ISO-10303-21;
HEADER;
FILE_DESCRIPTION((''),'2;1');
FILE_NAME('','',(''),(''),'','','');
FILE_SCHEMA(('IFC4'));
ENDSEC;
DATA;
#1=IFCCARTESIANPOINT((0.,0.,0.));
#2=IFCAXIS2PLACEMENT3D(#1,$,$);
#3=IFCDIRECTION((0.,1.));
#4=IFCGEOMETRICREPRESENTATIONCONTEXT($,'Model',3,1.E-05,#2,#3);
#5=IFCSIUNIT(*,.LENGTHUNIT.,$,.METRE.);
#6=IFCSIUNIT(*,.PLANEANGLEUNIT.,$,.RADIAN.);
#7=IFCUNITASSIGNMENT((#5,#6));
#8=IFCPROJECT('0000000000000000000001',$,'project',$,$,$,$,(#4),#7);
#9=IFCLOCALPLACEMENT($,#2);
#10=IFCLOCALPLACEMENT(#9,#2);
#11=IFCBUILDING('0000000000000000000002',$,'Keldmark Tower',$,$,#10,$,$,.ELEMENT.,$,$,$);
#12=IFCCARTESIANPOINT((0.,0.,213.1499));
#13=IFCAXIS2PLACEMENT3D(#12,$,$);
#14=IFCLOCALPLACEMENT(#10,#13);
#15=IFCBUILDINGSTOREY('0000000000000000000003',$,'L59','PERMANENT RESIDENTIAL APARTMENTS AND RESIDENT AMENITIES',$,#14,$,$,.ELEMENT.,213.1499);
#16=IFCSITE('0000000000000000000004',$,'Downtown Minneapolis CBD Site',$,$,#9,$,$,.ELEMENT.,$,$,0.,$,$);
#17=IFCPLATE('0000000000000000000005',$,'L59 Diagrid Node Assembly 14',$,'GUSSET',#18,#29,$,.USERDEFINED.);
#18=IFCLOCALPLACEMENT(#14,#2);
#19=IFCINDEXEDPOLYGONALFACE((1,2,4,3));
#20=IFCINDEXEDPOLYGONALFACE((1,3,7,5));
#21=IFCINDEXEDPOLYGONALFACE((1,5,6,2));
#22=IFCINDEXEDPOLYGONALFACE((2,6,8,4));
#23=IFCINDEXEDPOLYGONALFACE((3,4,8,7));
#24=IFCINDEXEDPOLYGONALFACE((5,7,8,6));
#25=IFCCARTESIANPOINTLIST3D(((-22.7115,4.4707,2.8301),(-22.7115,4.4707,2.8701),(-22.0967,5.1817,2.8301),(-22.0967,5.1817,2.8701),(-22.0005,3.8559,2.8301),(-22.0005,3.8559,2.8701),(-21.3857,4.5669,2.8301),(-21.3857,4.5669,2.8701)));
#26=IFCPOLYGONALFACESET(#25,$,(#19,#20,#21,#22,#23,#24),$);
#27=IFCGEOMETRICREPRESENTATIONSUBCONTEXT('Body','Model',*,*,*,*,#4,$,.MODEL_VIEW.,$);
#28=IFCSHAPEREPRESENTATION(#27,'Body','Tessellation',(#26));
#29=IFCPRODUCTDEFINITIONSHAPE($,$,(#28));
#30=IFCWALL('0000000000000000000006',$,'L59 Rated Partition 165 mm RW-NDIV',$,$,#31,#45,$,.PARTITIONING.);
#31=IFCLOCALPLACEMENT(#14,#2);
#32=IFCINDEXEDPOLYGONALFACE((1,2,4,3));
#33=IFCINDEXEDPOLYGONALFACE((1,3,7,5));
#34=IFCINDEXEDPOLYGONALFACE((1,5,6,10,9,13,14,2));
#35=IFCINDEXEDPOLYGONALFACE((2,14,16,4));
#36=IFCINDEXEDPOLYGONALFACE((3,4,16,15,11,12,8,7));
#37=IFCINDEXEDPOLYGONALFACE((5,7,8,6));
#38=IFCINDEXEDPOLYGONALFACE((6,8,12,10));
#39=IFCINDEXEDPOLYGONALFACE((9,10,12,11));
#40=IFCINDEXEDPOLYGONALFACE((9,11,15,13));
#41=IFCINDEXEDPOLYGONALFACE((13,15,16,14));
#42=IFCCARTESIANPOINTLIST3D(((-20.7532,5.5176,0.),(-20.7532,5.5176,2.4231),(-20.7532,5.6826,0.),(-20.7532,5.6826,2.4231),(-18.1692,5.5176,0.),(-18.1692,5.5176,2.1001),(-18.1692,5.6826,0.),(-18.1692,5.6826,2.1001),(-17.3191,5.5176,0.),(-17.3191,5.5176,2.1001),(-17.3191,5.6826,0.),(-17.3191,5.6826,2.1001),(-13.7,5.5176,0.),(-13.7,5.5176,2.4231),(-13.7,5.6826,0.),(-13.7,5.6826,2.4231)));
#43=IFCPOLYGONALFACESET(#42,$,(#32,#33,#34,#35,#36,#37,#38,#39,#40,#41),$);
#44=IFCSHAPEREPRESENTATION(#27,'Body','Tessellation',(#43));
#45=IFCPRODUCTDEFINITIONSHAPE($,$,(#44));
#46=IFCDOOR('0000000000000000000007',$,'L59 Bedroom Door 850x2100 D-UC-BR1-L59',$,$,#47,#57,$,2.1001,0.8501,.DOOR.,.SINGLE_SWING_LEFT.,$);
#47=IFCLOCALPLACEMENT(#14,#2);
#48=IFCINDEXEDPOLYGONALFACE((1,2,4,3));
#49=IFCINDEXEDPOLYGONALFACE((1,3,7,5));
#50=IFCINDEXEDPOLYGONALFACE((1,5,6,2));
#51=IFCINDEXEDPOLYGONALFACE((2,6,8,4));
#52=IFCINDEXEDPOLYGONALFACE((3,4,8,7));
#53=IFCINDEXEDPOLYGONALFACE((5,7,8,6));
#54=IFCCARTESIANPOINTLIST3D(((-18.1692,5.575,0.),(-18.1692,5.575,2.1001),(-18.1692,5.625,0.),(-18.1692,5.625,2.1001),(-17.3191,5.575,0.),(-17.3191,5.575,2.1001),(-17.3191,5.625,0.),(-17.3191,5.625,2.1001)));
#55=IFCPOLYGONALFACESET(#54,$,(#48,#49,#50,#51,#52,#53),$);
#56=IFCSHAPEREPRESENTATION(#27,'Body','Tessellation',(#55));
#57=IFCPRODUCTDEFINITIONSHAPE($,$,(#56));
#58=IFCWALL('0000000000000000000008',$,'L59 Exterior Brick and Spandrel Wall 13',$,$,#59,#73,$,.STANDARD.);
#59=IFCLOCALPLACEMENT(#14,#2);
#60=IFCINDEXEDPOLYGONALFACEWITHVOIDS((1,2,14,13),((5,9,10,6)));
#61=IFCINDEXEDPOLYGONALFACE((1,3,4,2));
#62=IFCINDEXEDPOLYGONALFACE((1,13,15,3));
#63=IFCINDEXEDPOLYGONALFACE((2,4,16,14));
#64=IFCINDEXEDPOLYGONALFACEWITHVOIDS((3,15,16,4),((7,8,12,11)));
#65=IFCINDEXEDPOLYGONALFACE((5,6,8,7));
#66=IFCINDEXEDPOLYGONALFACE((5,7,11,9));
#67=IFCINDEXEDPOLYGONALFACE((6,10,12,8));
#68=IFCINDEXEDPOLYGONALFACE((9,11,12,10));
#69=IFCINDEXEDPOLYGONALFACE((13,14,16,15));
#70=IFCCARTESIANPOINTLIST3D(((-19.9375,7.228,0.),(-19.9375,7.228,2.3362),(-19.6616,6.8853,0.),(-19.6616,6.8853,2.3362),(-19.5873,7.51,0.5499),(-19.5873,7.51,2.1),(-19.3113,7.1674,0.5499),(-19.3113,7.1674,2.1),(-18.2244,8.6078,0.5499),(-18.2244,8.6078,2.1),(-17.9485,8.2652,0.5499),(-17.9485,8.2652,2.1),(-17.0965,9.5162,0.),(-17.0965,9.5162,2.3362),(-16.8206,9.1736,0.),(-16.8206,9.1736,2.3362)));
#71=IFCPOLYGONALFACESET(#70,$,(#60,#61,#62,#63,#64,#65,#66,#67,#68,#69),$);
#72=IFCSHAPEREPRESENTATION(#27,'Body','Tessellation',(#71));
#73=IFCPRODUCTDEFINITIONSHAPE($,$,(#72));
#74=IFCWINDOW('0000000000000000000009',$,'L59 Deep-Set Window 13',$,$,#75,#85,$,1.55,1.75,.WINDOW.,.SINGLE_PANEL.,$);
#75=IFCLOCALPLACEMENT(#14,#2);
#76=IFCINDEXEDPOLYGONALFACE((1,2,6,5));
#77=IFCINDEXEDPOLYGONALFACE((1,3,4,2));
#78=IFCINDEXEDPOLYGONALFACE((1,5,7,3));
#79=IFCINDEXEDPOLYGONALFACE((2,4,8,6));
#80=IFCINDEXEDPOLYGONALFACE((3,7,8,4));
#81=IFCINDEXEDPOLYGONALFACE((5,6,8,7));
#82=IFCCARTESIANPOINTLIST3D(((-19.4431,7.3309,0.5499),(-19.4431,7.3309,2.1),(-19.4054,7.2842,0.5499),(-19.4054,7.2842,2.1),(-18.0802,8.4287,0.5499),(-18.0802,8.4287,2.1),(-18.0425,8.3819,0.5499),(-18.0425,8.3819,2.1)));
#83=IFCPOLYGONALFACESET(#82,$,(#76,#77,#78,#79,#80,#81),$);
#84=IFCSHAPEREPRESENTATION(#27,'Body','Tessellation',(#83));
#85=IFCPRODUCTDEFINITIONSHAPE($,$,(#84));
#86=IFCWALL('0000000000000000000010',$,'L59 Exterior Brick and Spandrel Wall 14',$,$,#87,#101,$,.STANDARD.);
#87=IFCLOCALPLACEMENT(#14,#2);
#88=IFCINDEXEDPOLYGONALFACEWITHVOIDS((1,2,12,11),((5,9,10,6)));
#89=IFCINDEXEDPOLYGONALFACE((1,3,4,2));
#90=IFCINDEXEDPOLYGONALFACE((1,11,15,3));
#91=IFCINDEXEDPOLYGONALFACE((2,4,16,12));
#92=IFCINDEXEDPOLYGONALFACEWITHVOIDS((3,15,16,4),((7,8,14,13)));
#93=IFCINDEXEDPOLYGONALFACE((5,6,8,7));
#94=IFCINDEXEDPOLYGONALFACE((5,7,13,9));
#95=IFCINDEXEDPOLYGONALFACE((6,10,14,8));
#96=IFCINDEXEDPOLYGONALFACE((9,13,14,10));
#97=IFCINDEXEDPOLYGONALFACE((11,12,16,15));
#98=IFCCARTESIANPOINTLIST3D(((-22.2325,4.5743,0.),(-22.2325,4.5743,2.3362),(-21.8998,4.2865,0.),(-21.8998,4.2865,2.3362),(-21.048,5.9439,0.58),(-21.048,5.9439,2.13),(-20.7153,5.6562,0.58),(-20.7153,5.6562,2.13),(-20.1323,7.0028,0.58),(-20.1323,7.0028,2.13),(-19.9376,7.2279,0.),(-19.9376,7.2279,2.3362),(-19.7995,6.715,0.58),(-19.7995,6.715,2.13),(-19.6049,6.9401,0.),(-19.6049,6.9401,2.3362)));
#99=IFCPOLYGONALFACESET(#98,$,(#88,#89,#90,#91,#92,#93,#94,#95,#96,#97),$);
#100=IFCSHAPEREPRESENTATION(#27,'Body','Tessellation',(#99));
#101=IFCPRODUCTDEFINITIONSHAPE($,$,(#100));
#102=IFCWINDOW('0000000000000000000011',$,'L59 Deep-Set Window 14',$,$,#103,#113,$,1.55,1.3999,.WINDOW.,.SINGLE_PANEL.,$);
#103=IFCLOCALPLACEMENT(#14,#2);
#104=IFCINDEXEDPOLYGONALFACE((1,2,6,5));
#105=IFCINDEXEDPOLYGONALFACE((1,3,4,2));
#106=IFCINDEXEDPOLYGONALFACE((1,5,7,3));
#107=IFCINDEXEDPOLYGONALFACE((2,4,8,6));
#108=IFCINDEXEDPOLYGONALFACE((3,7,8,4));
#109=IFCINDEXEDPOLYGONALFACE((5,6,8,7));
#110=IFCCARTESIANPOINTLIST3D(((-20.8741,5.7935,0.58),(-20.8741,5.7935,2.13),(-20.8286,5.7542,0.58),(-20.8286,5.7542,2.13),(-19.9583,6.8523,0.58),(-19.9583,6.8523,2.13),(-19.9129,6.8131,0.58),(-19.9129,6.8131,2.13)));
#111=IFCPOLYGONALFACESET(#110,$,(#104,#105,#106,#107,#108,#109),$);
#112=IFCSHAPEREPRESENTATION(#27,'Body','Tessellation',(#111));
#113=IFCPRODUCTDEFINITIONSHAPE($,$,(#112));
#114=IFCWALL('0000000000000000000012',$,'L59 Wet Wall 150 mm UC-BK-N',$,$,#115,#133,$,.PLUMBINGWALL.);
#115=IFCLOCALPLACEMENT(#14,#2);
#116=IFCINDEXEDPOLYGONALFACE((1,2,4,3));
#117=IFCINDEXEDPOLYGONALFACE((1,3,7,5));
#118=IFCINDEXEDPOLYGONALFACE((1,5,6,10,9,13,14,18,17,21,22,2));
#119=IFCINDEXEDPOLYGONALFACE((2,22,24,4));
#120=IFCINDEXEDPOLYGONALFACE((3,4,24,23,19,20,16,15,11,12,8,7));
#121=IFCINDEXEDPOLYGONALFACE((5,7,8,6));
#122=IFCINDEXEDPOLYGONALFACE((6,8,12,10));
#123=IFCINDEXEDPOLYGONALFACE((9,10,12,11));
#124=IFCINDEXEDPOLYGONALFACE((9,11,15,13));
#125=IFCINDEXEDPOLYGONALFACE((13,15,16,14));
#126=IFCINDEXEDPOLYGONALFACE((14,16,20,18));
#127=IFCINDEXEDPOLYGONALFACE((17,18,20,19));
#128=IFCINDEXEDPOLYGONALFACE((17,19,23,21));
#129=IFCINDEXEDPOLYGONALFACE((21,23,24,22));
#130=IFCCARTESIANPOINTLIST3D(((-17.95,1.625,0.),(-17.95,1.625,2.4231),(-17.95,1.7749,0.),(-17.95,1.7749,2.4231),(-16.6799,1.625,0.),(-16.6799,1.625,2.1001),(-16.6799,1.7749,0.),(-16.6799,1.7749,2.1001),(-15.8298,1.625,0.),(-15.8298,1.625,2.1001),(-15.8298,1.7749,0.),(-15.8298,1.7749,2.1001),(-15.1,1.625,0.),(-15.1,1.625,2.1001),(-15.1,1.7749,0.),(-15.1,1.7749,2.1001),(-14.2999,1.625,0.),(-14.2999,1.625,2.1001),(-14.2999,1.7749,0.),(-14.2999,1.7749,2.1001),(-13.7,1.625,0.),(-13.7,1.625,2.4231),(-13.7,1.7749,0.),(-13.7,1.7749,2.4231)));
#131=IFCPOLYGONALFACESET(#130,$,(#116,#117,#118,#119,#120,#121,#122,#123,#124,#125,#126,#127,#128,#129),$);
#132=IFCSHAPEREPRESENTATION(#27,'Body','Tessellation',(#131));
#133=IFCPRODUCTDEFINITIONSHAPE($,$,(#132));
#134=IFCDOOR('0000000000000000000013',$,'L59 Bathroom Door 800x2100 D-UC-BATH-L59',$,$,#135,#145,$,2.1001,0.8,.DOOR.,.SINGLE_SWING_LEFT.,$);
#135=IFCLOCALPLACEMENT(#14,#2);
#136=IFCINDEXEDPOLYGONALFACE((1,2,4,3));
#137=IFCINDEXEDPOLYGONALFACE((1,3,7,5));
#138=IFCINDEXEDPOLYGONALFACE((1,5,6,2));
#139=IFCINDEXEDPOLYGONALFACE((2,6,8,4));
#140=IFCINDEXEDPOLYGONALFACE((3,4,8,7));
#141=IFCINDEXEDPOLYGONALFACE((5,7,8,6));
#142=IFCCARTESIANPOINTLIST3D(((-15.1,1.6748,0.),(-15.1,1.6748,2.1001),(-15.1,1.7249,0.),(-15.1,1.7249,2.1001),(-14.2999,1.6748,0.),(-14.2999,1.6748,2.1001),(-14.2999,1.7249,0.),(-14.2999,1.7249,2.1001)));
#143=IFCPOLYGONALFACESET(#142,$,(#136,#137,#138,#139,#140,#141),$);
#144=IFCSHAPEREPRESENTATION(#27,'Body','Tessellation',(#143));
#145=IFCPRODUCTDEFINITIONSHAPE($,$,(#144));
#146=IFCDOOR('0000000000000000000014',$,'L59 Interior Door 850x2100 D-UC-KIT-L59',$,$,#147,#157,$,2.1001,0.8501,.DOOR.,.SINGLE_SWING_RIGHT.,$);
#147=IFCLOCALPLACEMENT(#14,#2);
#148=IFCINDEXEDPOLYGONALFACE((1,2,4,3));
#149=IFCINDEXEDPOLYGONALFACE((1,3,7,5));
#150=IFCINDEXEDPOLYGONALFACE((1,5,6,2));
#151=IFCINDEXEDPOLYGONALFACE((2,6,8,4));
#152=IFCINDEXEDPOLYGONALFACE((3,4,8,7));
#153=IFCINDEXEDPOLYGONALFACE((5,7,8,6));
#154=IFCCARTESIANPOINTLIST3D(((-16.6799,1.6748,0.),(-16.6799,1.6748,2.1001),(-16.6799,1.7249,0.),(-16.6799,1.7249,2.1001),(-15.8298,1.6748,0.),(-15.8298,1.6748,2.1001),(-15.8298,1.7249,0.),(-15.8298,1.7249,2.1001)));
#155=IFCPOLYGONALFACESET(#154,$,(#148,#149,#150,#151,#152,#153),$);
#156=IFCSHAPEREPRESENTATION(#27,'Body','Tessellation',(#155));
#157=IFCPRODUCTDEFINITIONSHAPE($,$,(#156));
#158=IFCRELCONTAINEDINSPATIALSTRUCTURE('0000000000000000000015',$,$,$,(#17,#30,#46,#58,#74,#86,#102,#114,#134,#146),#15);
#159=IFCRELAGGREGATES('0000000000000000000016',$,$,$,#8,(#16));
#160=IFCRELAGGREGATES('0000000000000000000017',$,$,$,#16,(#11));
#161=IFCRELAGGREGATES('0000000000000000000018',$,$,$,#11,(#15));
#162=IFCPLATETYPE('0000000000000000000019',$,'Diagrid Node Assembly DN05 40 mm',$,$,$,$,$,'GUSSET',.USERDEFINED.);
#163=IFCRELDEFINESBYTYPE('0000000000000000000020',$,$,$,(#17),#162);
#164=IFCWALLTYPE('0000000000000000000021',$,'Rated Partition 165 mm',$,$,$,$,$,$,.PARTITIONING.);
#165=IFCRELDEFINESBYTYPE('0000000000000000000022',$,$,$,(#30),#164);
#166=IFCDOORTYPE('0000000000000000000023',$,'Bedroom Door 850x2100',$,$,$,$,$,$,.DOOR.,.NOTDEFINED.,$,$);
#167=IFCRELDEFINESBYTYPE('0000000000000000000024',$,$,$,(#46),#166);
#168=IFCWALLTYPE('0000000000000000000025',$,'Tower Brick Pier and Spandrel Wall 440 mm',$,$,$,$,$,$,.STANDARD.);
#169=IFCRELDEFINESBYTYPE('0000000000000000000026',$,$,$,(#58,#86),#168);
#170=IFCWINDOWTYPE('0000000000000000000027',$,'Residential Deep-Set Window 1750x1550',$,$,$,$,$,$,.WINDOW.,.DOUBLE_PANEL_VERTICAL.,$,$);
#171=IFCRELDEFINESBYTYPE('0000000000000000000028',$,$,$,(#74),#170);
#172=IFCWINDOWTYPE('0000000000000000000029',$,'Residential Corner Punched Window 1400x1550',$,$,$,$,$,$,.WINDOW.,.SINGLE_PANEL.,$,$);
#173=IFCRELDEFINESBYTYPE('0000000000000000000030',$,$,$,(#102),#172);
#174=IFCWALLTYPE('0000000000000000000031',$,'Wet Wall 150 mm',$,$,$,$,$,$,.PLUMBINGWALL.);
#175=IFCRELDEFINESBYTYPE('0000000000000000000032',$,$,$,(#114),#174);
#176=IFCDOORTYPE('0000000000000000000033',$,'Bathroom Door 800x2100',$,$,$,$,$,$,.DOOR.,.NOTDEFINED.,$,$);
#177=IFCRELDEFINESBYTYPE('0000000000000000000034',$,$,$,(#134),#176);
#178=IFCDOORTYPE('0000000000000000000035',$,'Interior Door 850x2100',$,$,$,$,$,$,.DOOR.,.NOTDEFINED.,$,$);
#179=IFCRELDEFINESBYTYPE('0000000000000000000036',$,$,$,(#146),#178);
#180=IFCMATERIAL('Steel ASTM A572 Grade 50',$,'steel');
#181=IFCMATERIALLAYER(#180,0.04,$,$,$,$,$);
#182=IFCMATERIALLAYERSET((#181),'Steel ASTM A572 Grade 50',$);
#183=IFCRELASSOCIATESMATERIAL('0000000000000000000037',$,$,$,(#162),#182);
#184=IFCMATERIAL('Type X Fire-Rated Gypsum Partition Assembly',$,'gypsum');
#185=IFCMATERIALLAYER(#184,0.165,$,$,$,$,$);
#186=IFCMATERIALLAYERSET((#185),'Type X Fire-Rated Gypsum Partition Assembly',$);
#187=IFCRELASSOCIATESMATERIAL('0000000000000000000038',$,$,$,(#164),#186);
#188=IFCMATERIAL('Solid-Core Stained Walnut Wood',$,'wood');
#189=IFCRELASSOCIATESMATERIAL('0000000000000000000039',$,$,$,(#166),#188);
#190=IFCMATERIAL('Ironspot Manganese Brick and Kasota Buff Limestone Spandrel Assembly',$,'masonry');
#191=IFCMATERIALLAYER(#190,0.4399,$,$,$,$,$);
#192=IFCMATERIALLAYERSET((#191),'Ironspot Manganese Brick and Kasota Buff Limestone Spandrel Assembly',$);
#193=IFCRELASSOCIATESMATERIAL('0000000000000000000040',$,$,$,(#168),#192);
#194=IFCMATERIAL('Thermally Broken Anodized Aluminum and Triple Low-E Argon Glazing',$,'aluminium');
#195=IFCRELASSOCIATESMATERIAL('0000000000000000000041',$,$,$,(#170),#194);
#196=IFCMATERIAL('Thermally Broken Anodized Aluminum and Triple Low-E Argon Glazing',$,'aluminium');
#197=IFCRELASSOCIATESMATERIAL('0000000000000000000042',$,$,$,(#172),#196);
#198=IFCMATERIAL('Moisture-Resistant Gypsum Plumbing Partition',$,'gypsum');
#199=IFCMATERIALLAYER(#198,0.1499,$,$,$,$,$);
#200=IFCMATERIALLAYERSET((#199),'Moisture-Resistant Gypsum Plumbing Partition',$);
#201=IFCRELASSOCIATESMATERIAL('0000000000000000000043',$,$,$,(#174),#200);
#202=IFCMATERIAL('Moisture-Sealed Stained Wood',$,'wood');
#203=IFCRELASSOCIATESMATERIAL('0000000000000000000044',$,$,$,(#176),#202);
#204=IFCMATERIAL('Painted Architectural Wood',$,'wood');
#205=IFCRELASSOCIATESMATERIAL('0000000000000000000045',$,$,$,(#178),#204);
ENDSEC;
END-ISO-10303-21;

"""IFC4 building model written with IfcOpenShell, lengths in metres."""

from ifc_helpers import new_model, si_unit, direction, frame, frame_2d, origin, origin_2d, place, context, subcontext, project, spatial, rectangle, extrude, material, layer, layer_set, type_object, element, fill, save


model = new_model("IFC4")

# Units and contexts
model_context = context("Model", 3, precision=1e-05, world=origin(), true_north=direction((0.0, 1.0)))
body_context = subcontext(model_context, "Body", "Model", "MODEL_VIEW")
ifc_project = project(units=[si_unit("LENGTHUNIT", "METRE"), si_unit("PLANEANGLEUNIT", "RADIAN")], contexts=[model_context])

# Site, building, storey
site_placement = place(None, origin())
site = spatial("IfcSite", under=ifc_project, at=site_placement, Name="Downtown Minneapolis CBD Site", CompositionType="ELEMENT", RefElevation=0.0)
building_placement = place(site_placement, origin())
building = spatial("IfcBuilding", under=site, at=building_placement, Name="Keldmark Tower", CompositionType="ELEMENT")
storey_placement = place(building_placement, frame((0.0, 0.0, 213.1499)))
storey = spatial("IfcBuildingStorey", under=building, at=storey_placement, Name="L59", Description="PERMANENT RESIDENTIAL APARTMENTS AND RESIDENT AMENITIES", CompositionType="ELEMENT", Elevation=213.1499)

# Plate
ifc_material_1 = material(Name="Steel ASTM A572 Grade 50", Category="steel")
ifc_layer_1 = layer(ifc_material_1, 0.04)
ifc_layer_set_1 = layer_set([ifc_layer_1], Name="Steel ASTM A572 Grade 50")
plate_type = type_object("IfcPlateType", Name="Diagrid Node Assembly DN05 40 mm", ElementType="GUSSET", PredefinedType="USERDEFINED", material=ifc_layer_set_1)
plate_placement = place(storey_placement, frame((-22.0486, 4.5188, 2.8301), z_axis=(0.0, 0.0, 1.0), x_axis=(-0.654081, -0.756425, 0.0)))
element("IfcPlate", 1, at=plate_placement, inside=storey, type_object=plate_type, Name="L59 Diagrid Node Assembly 14", ObjectType="GUSSET", PredefinedType="USERDEFINED", context=body_context, shape_type="SweptSolid", body=[
    extrude(rectangle(XDim=0.9399, YDim=0.9399, at=origin_2d()), origin(), (0.0, 0.0, 1.0), 0.04),
])

# Wall, opening, door
ifc_material_2 = material(Name="Type X Fire-Rated Gypsum Partition Assembly", Category="gypsum")
ifc_layer_2 = layer(ifc_material_2, 0.165)
ifc_layer_set_2 = layer_set([ifc_layer_2], Name="Type X Fire-Rated Gypsum Partition Assembly")
wall_type_1 = type_object("IfcWallType", Name="Rated Partition 165 mm", PredefinedType="PARTITIONING", material=ifc_layer_set_2)
wall_1_placement = place(storey_placement, frame((-20.7532, 5.6001, 0.0), z_axis=(0.0, 0.0, 1.0), x_axis=(1.0, 0.0, 0.0)))
wall_1 = element("IfcWall", 2, at=wall_1_placement, inside=storey, type_object=wall_type_1, Name="L59 Rated Partition 165 mm RW-NDIV", PredefinedType="PARTITIONING", context=body_context, shape_type="SweptSolid", body=[
    extrude(rectangle(XDim=7.0532, YDim=0.165, at=frame_2d((3.5266, 0.0))), origin(), (0.0, 0.0, 1.0), 2.4231),
])
opening_1_placement = place(wall_1_placement, frame((2.584, 0.0, 0.0)))
opening_1 = element("IfcOpeningElement", 3, at=opening_1_placement, cuts=wall_1, PredefinedType="OPENING", context=body_context, shape_type="SweptSolid", body=[
    extrude(rectangle(XDim=0.8501, YDim=2.1001, at=frame_2d((0.425, 1.05))), frame((0.0, 0.0925, 0.0), z_axis=(0.0, -1.0, 0.0), x_axis=(1.0, 0.0, 0.0)), (0.0, 0.0, 1.0), 0.1851),
])
ifc_material_3 = material(Name="Solid-Core Stained Walnut Wood", Category="wood")
door_type_1 = type_object("IfcDoorType", Name="Bedroom Door 850x2100", OperationType="NOTDEFINED", PredefinedType="DOOR", material=ifc_material_3)
door_1_placement = place(opening_1_placement, origin())
door_1 = element("IfcDoor", 4, at=door_1_placement, inside=storey, type_object=door_type_1, Name="L59 Bedroom Door 850x2100 D-UC-BR1-L59", OperationType="SINGLE_SWING_LEFT", OverallHeight=2.1001, OverallWidth=0.8501, PredefinedType="DOOR", context=body_context, shape_type="SweptSolid", body=[
    extrude(rectangle(XDim=0.8501, YDim=2.1001, at=frame_2d((0.425, 1.05))), frame((0.0, 0.0249, 0.0), z_axis=(0.0, -1.0, 0.0), x_axis=(1.0, 0.0, 0.0)), (0.0, 0.0, 1.0), 0.05),
])
fill(opening_1, door_1)

# Walls, openings, windows
ifc_material_4 = material(Name="Ironspot Manganese Brick and Kasota Buff Limestone Spandrel Assembly", Category="masonry")
ifc_layer_3 = layer(ifc_material_4, 0.4399)
ifc_layer_set_3 = layer_set([ifc_layer_3], Name="Ironspot Manganese Brick and Kasota Buff Limestone Spandrel Assembly")
wall_type_2 = type_object("IfcWallType", Name="Tower Brick Pier and Spandrel Wall 440 mm", PredefinedType="STANDARD", material=ifc_layer_set_3)
wall_2_placement = place(storey_placement, frame((-19.7996, 7.0566, 0.0), z_axis=(0.0, 0.0, 1.0), x_axis=(0.778795, 0.627279, 0.0)))
wall_2 = element("IfcWall", 5, at=wall_2_placement, inside=storey, type_object=wall_type_2, Name="L59 Exterior Brick and Spandrel Wall 13", PredefinedType="STANDARD", context=body_context, shape_type="SweptSolid", body=[
    extrude(rectangle(XDim=3.6479, YDim=0.4399, at=frame_2d((1.824, 0.0))), origin(), (0.0, 0.0, 1.0), 2.3362),
])
opening_2_placement = place(wall_2_placement, frame((0.4497, 0.0, 0.55)))
opening_2 = element("IfcOpeningElement", 6, at=opening_2_placement, cuts=wall_2, PredefinedType="OPENING", context=body_context, shape_type="SweptSolid", body=[
    extrude(rectangle(XDim=1.75, YDim=1.55, at=frame_2d((0.875, 0.7749))), frame((0.0, 0.23, 0.0), z_axis=(0.0, -1.0, 0.0), x_axis=(1.0, 0.0, 0.0)), (0.0, 0.0, 1.0), 0.46),
])
ifc_material_5 = material(Name="Thermally Broken Anodized Aluminum and Triple Low-E Argon Glazing", Category="aluminium")
window_type_1 = type_object("IfcWindowType", Name="Residential Deep-Set Window 1750x1550", PartitioningType="DOUBLE_PANEL_VERTICAL", PredefinedType="WINDOW", material=ifc_material_5)
window_1_placement = place(opening_2_placement, origin())
window_1 = element("IfcWindow", 7, at=window_1_placement, inside=storey, type_object=window_type_1, Name="L59 Deep-Set Window 13", OverallHeight=1.55, OverallWidth=1.75, PartitioningType="SINGLE_PANEL", PredefinedType="WINDOW", context=body_context, shape_type="SweptSolid", body=[
    extrude(rectangle(XDim=1.75, YDim=1.55, at=frame_2d((0.875, 0.7749))), frame((0.0, -0.01, 0.0), z_axis=(0.0, -1.0, 0.0), x_axis=(1.0, 0.0, 0.0)), (0.0, 0.0, 1.0), 0.0601),
])
fill(opening_2, window_1)
wall_3_placement = place(storey_placement, frame((-22.0662, 4.4304, 0.0), z_axis=(0.0, 0.0, 1.0), x_axis=(0.654143, 0.756371, 0.0)))
wall_3 = element("IfcWall", 8, at=wall_3_placement, inside=storey, type_object=wall_type_2, Name="L59 Exterior Brick and Spandrel Wall 14", PredefinedType="STANDARD", context=body_context, shape_type="SweptSolid", body=[
    extrude(rectangle(XDim=3.5083, YDim=0.4399, at=frame_2d((1.7542, 0.0))), origin(), (0.0, 0.0, 1.0), 2.3362),
])
opening_3_placement = place(wall_3_placement, frame((1.8108, 0.0, 0.5801)))
opening_3 = element("IfcOpeningElement", 9, at=opening_3_placement, cuts=wall_3, PredefinedType="OPENING", context=body_context, shape_type="SweptSolid", body=[
    extrude(rectangle(XDim=1.3999, YDim=1.55, at=frame_2d((0.7, 0.7749))), frame((0.0, 0.23, 0.0), z_axis=(0.0, -1.0, 0.0), x_axis=(1.0, 0.0, 0.0)), (0.0, 0.0, 1.0), 0.46),
])
ifc_material_6 = material(Name="Thermally Broken Anodized Aluminum and Triple Low-E Argon Glazing", Category="aluminium")
window_type_2 = type_object("IfcWindowType", Name="Residential Corner Punched Window 1400x1550", PartitioningType="SINGLE_PANEL", PredefinedType="WINDOW", material=ifc_material_6)
window_2_placement = place(opening_3_placement, origin())
window_2 = element("IfcWindow", 10, at=window_2_placement, inside=storey, type_object=window_type_2, Name="L59 Deep-Set Window 14", OverallHeight=1.55, OverallWidth=1.3999, PartitioningType="SINGLE_PANEL", PredefinedType="WINDOW", context=body_context, shape_type="SweptSolid", body=[
    extrude(rectangle(XDim=1.3999, YDim=1.55, at=frame_2d((0.7, 0.7749))), frame((0.0, -0.01, 0.0), z_axis=(0.0, -1.0, 0.0), x_axis=(1.0, 0.0, 0.0)), (0.0, 0.0, 1.0), 0.0601),
])
fill(opening_3, window_2)

# Wall, openings, doors
ifc_material_7 = material(Name="Moisture-Resistant Gypsum Plumbing Partition", Category="gypsum")
ifc_layer_4 = layer(ifc_material_7, 0.1499)
ifc_layer_set_4 = layer_set([ifc_layer_4], Name="Moisture-Resistant Gypsum Plumbing Partition")
wall_type_3 = type_object("IfcWallType", Name="Wet Wall 150 mm", PredefinedType="PLUMBINGWALL", material=ifc_layer_set_4)
wall_4_placement = place(storey_placement, frame((-17.95, 1.7, 0.0), z_axis=(0.0, 0.0, 1.0), x_axis=(1.0, 0.0, 0.0)))
wall_4 = element("IfcWall", 11, at=wall_4_placement, inside=storey, type_object=wall_type_3, Name="L59 Wet Wall 150 mm UC-BK-N", PredefinedType="PLUMBINGWALL", context=body_context, shape_type="SweptSolid", body=[
    extrude(rectangle(XDim=4.25, YDim=0.1499, at=frame_2d((2.125, 0.0))), origin(), (0.0, 0.0, 1.0), 2.4231),
])
opening_4_placement = place(wall_4_placement, frame((2.8501, 0.0, 0.0)))
opening_4 = element("IfcOpeningElement", 12, at=opening_4_placement, cuts=wall_4, PredefinedType="OPENING", context=body_context, shape_type="SweptSolid", body=[
    extrude(rectangle(XDim=0.8, YDim=2.1001, at=frame_2d((0.3999, 1.05))), frame((0.0, 0.085, 0.0), z_axis=(0.0, -1.0, 0.0), x_axis=(1.0, 0.0, 0.0)), (0.0, 0.0, 1.0), 0.1699),
])
opening_5_placement = place(wall_4_placement, frame((1.27, 0.0, 0.0)))
opening_5 = element("IfcOpeningElement", 13, at=opening_5_placement, cuts=wall_4, PredefinedType="OPENING", context=body_context, shape_type="SweptSolid", body=[
    extrude(rectangle(XDim=0.8501, YDim=2.1001, at=frame_2d((0.425, 1.05))), frame((0.0, 0.085, 0.0), z_axis=(0.0, -1.0, 0.0), x_axis=(1.0, 0.0, 0.0)), (0.0, 0.0, 1.0), 0.1699),
])
ifc_material_8 = material(Name="Moisture-Sealed Stained Wood", Category="wood")
door_type_2 = type_object("IfcDoorType", Name="Bathroom Door 800x2100", OperationType="NOTDEFINED", PredefinedType="DOOR", material=ifc_material_8)
door_2_placement = place(opening_4_placement, origin())
door_2 = element("IfcDoor", 14, at=door_2_placement, inside=storey, type_object=door_type_2, Name="L59 Bathroom Door 800x2100 D-UC-BATH-L59", OperationType="SINGLE_SWING_LEFT", OverallHeight=2.1001, OverallWidth=0.8, PredefinedType="DOOR", context=body_context, shape_type="SweptSolid", body=[
    extrude(rectangle(XDim=0.8, YDim=2.1001, at=frame_2d((0.3999, 1.05))), frame((0.0, 0.0249, 0.0), z_axis=(0.0, -1.0, 0.0), x_axis=(1.0, 0.0, 0.0)), (0.0, 0.0, 1.0), 0.05),
])
fill(opening_4, door_2)
ifc_material_9 = material(Name="Painted Architectural Wood", Category="wood")
door_type_3 = type_object("IfcDoorType", Name="Interior Door 850x2100", OperationType="NOTDEFINED", PredefinedType="DOOR", material=ifc_material_9)
door_3_placement = place(opening_5_placement, origin())
door_3 = element("IfcDoor", 15, at=door_3_placement, inside=storey, type_object=door_type_3, Name="L59 Interior Door 850x2100 D-UC-KIT-L59", OperationType="SINGLE_SWING_RIGHT", OverallHeight=2.1001, OverallWidth=0.8501, PredefinedType="DOOR", context=body_context, shape_type="SweptSolid", body=[
    extrude(rectangle(XDim=0.8501, YDim=2.1001, at=frame_2d((0.425, 1.05))), frame((0.0, 0.0249, 0.0), z_axis=(0.0, -1.0, 0.0), x_axis=(1.0, 0.0, 0.0)), (0.0, 0.0, 1.0), 0.05),
])
fill(opening_5, door_3)

save(model, "model.ifc")
